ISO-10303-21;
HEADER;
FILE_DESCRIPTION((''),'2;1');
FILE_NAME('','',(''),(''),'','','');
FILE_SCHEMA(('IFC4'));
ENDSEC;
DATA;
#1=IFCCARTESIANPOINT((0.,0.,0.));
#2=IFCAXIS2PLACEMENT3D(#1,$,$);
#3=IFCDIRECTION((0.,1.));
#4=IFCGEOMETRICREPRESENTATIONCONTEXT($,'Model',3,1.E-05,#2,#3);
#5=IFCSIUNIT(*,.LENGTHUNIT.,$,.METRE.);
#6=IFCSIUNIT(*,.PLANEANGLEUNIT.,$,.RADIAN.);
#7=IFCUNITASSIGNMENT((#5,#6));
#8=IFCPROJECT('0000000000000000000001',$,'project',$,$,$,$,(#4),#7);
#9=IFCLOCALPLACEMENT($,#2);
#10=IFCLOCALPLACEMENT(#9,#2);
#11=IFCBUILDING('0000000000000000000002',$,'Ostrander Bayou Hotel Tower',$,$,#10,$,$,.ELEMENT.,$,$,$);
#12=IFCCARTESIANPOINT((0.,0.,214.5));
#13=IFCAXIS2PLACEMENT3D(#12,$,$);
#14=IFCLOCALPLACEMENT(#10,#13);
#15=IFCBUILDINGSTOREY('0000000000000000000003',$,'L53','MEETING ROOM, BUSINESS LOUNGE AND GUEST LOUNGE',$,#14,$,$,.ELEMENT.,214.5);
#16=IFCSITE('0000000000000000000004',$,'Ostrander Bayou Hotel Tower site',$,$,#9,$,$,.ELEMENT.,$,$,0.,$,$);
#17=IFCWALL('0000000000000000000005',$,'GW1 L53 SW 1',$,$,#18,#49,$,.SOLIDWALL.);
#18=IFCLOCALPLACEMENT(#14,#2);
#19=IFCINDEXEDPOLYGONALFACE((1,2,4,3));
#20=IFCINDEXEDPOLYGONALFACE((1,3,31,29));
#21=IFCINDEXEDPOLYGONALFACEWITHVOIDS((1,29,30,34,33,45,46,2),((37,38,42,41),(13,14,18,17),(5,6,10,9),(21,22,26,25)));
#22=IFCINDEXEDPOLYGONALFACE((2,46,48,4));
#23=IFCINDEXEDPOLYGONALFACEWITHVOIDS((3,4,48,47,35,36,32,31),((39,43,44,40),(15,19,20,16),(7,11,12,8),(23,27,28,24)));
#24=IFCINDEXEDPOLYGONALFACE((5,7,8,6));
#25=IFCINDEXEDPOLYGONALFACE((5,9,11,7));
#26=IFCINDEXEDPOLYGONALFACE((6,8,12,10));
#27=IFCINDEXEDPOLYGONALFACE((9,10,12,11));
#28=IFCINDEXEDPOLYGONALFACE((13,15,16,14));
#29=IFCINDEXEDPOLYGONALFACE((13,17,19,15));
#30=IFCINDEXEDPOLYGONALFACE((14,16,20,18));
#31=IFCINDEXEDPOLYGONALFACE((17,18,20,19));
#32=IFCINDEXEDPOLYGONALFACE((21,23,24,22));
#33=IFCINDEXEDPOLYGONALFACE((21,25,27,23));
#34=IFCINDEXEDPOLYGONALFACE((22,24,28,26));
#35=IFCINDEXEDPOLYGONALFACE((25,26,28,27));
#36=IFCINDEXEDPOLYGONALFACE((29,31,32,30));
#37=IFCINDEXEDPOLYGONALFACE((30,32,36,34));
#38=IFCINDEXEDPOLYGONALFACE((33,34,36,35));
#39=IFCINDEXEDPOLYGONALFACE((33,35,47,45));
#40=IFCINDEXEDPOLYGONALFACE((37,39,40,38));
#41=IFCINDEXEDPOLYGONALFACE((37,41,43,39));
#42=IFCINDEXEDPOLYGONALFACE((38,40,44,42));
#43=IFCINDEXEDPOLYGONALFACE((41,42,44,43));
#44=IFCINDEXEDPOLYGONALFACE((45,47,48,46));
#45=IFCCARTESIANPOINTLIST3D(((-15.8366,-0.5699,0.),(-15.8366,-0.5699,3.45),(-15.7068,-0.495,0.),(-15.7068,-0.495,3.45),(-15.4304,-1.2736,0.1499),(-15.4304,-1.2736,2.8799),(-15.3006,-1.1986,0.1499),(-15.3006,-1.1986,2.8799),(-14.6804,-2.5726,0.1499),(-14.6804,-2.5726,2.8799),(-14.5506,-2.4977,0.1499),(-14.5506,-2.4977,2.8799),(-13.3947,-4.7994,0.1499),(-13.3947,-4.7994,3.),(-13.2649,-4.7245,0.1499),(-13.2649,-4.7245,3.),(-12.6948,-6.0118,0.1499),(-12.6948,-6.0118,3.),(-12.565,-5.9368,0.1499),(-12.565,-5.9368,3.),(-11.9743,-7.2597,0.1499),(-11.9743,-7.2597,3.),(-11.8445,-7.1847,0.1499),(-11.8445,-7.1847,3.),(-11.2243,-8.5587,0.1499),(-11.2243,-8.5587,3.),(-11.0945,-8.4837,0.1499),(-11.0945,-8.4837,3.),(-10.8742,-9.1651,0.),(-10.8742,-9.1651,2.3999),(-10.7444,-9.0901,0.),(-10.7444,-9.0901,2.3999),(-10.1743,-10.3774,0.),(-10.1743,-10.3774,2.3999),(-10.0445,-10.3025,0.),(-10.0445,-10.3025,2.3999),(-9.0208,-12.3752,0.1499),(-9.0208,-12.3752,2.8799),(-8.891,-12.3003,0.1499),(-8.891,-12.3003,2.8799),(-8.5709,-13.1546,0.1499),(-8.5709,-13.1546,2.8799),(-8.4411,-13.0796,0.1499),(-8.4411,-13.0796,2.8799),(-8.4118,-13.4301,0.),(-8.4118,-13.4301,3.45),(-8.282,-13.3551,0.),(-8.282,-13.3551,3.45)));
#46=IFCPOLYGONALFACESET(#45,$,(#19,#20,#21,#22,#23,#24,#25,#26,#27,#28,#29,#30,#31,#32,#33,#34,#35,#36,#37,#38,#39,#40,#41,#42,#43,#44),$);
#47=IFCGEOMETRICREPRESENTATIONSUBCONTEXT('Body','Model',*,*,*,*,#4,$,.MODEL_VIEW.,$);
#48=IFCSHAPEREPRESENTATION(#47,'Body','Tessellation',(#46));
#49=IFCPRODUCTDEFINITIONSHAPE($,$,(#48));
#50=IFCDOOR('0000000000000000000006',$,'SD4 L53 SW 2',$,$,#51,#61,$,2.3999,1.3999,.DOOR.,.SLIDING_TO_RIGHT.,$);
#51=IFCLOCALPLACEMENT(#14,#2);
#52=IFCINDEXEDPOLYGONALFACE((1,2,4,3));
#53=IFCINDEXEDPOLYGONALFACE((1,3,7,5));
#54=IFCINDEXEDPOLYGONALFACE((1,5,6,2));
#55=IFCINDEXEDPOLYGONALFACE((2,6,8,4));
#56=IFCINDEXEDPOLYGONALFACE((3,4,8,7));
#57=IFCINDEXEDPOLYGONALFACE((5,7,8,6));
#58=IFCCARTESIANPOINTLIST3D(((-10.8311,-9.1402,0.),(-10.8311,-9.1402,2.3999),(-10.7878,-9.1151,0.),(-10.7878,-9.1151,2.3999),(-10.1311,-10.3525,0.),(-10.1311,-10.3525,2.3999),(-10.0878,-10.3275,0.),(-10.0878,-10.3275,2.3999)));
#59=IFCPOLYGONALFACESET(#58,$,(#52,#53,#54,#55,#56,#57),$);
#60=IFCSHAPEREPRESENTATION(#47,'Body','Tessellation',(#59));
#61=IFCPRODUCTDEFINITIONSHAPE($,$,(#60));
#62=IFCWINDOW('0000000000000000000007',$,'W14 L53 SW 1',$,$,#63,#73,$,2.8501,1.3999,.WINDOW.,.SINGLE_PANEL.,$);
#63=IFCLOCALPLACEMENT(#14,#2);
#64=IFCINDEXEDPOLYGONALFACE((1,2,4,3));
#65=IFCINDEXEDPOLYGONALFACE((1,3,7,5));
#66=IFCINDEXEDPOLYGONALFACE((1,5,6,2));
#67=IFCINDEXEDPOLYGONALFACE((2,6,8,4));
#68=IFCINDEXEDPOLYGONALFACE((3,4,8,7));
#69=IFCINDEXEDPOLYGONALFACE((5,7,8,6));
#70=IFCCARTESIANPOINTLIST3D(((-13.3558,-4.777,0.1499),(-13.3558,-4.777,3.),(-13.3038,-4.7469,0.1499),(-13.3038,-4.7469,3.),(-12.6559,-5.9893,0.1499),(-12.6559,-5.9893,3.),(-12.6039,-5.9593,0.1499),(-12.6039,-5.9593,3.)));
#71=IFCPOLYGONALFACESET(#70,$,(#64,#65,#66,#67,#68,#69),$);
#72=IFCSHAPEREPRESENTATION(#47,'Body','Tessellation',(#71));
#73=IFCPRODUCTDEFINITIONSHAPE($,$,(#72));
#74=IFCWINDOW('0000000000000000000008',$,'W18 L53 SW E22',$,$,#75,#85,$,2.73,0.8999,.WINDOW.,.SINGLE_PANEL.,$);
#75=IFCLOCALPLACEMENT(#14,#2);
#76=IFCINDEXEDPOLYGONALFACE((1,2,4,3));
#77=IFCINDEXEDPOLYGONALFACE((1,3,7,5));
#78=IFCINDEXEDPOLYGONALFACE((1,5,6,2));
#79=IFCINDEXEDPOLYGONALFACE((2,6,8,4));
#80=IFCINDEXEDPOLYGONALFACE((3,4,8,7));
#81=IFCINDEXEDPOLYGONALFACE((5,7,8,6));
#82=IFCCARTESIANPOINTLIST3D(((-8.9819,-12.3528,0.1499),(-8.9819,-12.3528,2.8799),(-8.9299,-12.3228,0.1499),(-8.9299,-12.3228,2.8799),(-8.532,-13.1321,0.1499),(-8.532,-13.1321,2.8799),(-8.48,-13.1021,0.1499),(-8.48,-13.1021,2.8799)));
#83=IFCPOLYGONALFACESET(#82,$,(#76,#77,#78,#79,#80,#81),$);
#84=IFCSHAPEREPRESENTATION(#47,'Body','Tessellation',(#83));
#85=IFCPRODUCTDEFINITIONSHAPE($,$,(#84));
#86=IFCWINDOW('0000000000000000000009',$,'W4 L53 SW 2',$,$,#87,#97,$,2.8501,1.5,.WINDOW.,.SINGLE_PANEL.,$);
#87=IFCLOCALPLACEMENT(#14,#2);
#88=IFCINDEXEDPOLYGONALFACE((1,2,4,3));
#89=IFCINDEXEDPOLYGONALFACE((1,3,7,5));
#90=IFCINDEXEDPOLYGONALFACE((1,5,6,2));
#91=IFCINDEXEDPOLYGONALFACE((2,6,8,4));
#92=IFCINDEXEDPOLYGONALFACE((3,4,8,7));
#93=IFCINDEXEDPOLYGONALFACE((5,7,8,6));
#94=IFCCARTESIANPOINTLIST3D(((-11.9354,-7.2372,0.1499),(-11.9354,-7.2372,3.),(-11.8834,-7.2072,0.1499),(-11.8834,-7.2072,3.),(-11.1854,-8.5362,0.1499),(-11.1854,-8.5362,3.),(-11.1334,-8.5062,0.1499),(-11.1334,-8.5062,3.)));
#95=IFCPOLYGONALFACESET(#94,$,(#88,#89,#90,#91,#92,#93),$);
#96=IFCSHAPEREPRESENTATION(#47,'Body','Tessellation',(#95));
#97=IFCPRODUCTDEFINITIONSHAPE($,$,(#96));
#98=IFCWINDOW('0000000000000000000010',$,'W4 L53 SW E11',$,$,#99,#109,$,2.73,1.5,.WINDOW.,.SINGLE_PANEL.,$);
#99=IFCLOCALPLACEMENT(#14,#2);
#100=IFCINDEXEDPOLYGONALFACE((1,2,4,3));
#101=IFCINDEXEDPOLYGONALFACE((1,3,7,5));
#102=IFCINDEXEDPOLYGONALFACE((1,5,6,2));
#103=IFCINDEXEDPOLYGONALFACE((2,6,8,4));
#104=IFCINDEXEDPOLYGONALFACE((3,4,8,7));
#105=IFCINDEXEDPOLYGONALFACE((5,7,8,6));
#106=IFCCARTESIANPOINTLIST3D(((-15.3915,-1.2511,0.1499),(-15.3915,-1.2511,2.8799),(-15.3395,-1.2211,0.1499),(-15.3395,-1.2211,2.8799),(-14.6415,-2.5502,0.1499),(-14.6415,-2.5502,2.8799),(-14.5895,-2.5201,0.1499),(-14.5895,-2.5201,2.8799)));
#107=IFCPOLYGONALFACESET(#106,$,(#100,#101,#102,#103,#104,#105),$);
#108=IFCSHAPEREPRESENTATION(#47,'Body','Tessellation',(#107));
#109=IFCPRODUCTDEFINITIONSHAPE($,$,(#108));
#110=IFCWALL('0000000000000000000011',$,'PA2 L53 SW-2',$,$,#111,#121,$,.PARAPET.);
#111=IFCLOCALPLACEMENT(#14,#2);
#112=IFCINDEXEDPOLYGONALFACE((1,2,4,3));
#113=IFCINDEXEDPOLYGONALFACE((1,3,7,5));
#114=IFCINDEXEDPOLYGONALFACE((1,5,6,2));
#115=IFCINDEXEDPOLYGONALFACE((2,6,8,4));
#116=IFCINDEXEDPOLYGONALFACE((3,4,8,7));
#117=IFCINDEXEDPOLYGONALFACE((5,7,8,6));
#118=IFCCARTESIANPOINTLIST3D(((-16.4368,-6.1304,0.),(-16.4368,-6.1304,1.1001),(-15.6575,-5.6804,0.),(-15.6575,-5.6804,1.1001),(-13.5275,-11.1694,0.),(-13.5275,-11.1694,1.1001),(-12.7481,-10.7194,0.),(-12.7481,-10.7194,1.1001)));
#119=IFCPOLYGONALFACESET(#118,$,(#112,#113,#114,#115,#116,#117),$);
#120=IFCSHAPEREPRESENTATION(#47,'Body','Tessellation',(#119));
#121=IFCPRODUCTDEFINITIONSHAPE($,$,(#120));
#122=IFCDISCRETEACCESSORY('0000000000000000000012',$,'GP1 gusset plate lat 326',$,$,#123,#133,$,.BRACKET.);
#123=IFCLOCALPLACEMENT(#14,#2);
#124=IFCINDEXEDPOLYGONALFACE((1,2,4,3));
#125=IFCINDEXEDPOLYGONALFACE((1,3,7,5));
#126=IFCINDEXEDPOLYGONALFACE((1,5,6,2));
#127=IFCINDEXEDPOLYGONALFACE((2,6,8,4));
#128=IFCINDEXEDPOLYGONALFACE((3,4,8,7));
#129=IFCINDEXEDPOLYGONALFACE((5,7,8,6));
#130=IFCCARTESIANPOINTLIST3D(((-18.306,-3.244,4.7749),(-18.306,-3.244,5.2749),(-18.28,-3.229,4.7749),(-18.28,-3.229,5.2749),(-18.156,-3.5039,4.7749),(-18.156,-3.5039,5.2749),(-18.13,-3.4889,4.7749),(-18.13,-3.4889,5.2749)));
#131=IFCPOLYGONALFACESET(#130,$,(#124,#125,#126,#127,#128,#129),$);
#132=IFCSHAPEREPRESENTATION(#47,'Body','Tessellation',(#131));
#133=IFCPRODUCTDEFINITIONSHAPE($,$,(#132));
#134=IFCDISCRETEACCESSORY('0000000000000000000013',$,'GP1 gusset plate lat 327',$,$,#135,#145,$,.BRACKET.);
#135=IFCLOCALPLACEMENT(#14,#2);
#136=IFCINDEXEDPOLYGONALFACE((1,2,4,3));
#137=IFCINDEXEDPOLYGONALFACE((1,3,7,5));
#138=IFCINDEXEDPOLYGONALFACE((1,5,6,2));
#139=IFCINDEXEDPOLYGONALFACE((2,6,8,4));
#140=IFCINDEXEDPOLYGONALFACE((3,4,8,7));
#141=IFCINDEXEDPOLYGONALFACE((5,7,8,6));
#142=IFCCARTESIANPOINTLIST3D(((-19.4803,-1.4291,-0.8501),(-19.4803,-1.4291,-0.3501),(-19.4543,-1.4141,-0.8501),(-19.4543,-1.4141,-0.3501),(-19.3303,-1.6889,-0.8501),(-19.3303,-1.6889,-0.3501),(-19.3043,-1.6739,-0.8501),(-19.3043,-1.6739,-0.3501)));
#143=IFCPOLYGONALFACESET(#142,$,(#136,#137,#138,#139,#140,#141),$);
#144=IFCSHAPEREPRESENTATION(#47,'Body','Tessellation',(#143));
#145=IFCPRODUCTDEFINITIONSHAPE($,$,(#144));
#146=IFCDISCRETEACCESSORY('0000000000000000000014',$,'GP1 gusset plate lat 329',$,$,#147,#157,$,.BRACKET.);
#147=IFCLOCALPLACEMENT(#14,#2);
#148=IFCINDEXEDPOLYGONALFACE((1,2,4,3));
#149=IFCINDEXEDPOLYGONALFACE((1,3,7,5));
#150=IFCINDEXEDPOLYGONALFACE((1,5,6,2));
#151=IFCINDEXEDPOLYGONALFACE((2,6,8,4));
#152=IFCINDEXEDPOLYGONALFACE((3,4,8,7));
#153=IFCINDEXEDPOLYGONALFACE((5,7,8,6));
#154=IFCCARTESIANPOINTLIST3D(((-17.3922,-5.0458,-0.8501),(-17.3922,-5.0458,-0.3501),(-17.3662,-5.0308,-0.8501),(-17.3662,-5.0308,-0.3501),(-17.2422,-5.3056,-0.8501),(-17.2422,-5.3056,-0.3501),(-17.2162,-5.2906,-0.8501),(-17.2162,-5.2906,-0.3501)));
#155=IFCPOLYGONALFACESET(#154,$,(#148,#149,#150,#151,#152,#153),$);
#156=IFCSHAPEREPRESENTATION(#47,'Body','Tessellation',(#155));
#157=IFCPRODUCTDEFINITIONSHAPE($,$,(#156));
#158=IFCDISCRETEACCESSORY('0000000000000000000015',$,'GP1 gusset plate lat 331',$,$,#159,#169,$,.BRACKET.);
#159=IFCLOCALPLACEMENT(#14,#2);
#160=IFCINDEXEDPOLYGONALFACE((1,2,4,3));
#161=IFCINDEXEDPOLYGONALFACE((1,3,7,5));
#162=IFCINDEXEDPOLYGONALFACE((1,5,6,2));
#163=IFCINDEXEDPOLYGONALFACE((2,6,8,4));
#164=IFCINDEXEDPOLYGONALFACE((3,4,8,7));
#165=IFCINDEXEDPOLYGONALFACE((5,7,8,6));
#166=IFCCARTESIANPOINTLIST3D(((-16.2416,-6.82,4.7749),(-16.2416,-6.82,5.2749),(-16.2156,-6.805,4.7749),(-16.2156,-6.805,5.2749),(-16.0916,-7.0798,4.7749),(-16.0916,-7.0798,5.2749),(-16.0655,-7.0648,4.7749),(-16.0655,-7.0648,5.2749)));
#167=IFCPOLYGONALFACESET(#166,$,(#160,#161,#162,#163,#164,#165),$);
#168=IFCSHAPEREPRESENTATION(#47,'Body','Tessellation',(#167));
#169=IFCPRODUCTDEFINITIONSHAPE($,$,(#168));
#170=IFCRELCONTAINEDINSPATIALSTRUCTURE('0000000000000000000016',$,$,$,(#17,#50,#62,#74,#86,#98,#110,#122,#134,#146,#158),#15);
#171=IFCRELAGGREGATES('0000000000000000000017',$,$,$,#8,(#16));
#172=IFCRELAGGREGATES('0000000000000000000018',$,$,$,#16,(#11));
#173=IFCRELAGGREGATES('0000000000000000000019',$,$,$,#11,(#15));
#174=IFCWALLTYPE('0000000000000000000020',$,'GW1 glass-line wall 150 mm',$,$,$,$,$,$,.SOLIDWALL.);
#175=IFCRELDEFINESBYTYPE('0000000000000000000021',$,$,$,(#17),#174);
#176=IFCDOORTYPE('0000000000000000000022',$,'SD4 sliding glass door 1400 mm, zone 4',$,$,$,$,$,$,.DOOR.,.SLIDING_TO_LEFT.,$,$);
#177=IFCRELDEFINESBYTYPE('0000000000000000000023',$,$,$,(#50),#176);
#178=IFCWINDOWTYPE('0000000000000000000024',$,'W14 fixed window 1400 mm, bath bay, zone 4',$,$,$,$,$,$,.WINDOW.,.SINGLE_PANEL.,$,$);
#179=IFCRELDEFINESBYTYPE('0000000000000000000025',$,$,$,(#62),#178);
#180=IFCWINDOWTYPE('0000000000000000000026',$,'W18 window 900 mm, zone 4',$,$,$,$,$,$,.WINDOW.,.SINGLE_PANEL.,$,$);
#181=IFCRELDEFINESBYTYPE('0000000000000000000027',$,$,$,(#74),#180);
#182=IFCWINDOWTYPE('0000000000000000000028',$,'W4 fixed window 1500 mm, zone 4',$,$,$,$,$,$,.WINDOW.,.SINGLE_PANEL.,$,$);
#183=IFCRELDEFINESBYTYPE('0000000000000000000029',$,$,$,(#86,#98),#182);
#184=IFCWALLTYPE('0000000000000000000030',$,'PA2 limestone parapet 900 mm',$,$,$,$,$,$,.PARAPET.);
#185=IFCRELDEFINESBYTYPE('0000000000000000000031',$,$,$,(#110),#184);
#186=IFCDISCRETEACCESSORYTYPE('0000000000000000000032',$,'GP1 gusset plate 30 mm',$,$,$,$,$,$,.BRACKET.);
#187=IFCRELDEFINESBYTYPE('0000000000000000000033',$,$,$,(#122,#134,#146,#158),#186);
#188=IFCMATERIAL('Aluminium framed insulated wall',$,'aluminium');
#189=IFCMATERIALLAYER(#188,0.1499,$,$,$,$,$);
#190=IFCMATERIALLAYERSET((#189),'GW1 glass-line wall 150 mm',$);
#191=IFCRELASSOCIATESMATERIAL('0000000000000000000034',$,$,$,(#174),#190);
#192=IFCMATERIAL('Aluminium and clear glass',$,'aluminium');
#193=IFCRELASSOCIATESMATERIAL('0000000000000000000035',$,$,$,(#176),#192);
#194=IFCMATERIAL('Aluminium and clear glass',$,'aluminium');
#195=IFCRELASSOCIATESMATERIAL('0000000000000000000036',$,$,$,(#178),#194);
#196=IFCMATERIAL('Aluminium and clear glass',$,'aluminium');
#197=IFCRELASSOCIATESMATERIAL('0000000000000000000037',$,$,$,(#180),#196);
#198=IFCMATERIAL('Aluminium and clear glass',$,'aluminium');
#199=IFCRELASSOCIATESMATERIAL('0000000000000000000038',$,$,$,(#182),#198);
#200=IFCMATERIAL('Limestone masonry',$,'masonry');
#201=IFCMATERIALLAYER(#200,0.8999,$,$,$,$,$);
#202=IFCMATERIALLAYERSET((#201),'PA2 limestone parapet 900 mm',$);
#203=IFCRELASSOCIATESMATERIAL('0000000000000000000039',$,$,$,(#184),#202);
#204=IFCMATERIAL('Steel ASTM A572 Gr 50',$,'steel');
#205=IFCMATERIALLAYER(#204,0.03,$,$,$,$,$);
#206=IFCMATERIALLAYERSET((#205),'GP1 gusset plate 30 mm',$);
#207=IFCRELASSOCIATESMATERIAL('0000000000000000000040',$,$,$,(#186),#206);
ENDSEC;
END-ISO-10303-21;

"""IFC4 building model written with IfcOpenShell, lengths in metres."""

from ifc_helpers import new_model, si_unit, direction, frame, frame_2d, origin, origin_2d, place, context, subcontext, project, spatial, rectangle, extrude, material, layer, layer_set, type_object, element, fill, save


model = new_model("IFC4")

# Units and contexts
model_context = context("Model", 3, precision=1e-05, world=origin(), true_north=direction((0.0, 1.0)))
body_context = subcontext(model_context, "Body", "Model", "MODEL_VIEW")
ifc_project = project(units=[si_unit("LENGTHUNIT", "METRE"), si_unit("PLANEANGLEUNIT", "RADIAN")], contexts=[model_context])

# Site, building, storey
site_placement = place(None, origin())
site = spatial("IfcSite", under=ifc_project, at=site_placement, Name="Ostrander Bayou Hotel Tower site", CompositionType="ELEMENT", RefElevation=0.0)
building_placement = place(site_placement, origin())
building = spatial("IfcBuilding", under=site, at=building_placement, Name="Ostrander Bayou Hotel Tower", CompositionType="ELEMENT")
storey_placement = place(building_placement, frame((0.0, 0.0, 214.5)))
storey = spatial("IfcBuildingStorey", under=building, at=storey_placement, Name="L53", Description="MEETING ROOM, BUSINESS LOUNGE AND GUEST LOUNGE", CompositionType="ELEMENT", Elevation=214.5)

# Wall, openings, door, windows
ifc_material_1 = material(Name="Aluminium framed insulated wall", Category="aluminium")
ifc_layer_1 = layer(ifc_material_1, 0.1499)
ifc_layer_set_1 = layer_set([ifc_layer_1], Name="GW1 glass-line wall 150 mm")
wall_type_1 = type_object("IfcWallType", Name="GW1 glass-line wall 150 mm", PredefinedType="SOLIDWALL", material=ifc_layer_set_1)
wall_1_placement = place(storey_placement, frame((-15.7717, -0.5325, 0.0), z_axis=(0.0, 0.0, 1.0), x_axis=(0.500001, -0.866025, 0.0)))
wall_1 = element("IfcWall", 1, at=wall_1_placement, inside=storey, type_object=wall_type_1, Name="GW1 L53 SW 1", PredefinedType="SOLIDWALL", context=body_context, shape_type="SweptSolid", body=[
    extrude(rectangle(XDim=14.8496, YDim=0.1499, at=frame_2d((7.4248, 0.0))), origin(), (0.0, 0.0, 1.0), 3.45),
])
opening_1_placement = place(wall_1_placement, frame((4.8838, 0.0, 0.1499)))
opening_1 = element("IfcOpeningElement", 2, at=opening_1_placement, cuts=wall_1, PredefinedType="OPENING", context=body_context, shape_type="SweptSolid", body=[
    extrude(rectangle(XDim=1.3999, YDim=2.8501, at=frame_2d((0.7, 1.425))), frame((0.0, 0.075, 0.0), z_axis=(0.0, -1.0, 0.0), x_axis=(1.0, 0.0, 0.0)), (0.0, 0.0, 1.0), 0.1499),
])
opening_2_placement = place(wall_1_placement, frame((7.7246, 0.0, 0.1499)))
opening_2 = element("IfcOpeningElement", 3, at=opening_2_placement, cuts=wall_1, PredefinedType="OPENING", context=body_context, shape_type="SweptSolid", body=[
    extrude(rectangle(XDim=1.5, YDim=2.8501, at=frame_2d((0.75, 1.425))), frame((0.0, 0.075, 0.0), z_axis=(0.0, -1.0, 0.0), x_axis=(1.0, 0.0, 0.0)), (0.0, 0.0, 1.0), 0.1499),
])
opening_3_placement = place(wall_1_placement, frame((9.9248, 0.0, 0.0)))
opening_3 = element("IfcOpeningElement", 4, at=opening_3_placement, cuts=wall_1, PredefinedType="OPENING", context=body_context, shape_type="SweptSolid", body=[
    extrude(rectangle(XDim=1.3999, YDim=2.3999, at=frame_2d((0.7, 1.2))), frame((0.0, 0.075, 0.0), z_axis=(0.0, -1.0, 0.0), x_axis=(1.0, 0.0, 0.0)), (0.0, 0.0, 1.0), 0.1499),
])
opening_4_placement = place(wall_1_placement, frame((0.8125, 0.0, 0.1499)))
opening_4 = element("IfcOpeningElement", 5, at=opening_4_placement, cuts=wall_1, PredefinedType="OPENING", context=body_context, shape_type="SweptSolid", body=[
    extrude(rectangle(XDim=1.5, YDim=2.73, at=frame_2d((0.75, 1.365))), frame((0.0, 0.075, 0.0), z_axis=(0.0, -1.0, 0.0), x_axis=(1.0, 0.0, 0.0)), (0.0, 0.0, 1.0), 0.1499),
])
opening_5_placement = place(wall_1_placement, frame((13.6316, 0.0, 0.1499)))
opening_5 = element("IfcOpeningElement", 6, at=opening_5_placement, cuts=wall_1, PredefinedType="OPENING", context=body_context, shape_type="SweptSolid", body=[
    extrude(rectangle(XDim=0.8999, YDim=2.73, at=frame_2d((0.45, 1.365))), frame((0.0, 0.075, 0.0), z_axis=(0.0, -1.0, 0.0), x_axis=(1.0, 0.0, 0.0)), (0.0, 0.0, 1.0), 0.1499),
])
ifc_material_2 = material(Name="Aluminium and clear glass", Category="aluminium")
door_type = type_object("IfcDoorType", Name="SD4 sliding glass door 1400 mm, zone 4", OperationType="SLIDING_TO_LEFT", PredefinedType="DOOR", material=ifc_material_2)
door_placement = place(opening_3_placement, origin())
door = element("IfcDoor", 7, at=door_placement, inside=storey, type_object=door_type, Name="SD4 L53 SW 2", OperationType="SLIDING_TO_RIGHT", OverallHeight=2.3999, OverallWidth=1.3999, PredefinedType="DOOR", context=body_context, shape_type="SweptSolid", body=[
    extrude(rectangle(XDim=1.3999, YDim=2.3999, at=frame_2d((0.7, 1.2))), frame((0.0, 0.0249, 0.0), z_axis=(0.0, -1.0, 0.0), x_axis=(1.0, 0.0, 0.0)), (0.0, 0.0, 1.0), 0.05),
])
fill(opening_3, door)
ifc_material_3 = material(Name="Aluminium and clear glass", Category="aluminium")
window_type_1 = type_object("IfcWindowType", Name="W14 fixed window 1400 mm, bath bay, zone 4", PartitioningType="SINGLE_PANEL", PredefinedType="WINDOW", material=ifc_material_3)
window_1_placement = place(opening_1_placement, origin())
window_1 = element("IfcWindow", 8, at=window_1_placement, inside=storey, type_object=window_type_1, Name="W14 L53 SW 1", OverallHeight=2.8501, OverallWidth=1.3999, PartitioningType="SINGLE_PANEL", PredefinedType="WINDOW", context=body_context, shape_type="SweptSolid", body=[
    extrude(rectangle(XDim=1.3999, YDim=2.8501, at=frame_2d((0.7, 1.425))), frame((0.0, 0.03, 0.0), z_axis=(0.0, -1.0, 0.0), x_axis=(1.0, 0.0, 0.0)), (0.0, 0.0, 1.0), 0.0601),
])
fill(opening_1, window_1)
ifc_material_4 = material(Name="Aluminium and clear glass", Category="aluminium")
window_type_2 = type_object("IfcWindowType", Name="W18 window 900 mm, zone 4", PartitioningType="SINGLE_PANEL", PredefinedType="WINDOW", material=ifc_material_4)
window_2_placement = place(opening_5_placement, origin())
window_2 = element("IfcWindow", 9, at=window_2_placement, inside=storey, type_object=window_type_2, Name="W18 L53 SW E22", OverallHeight=2.73, OverallWidth=0.8999, PartitioningType="SINGLE_PANEL", PredefinedType="WINDOW", context=body_context, shape_type="SweptSolid", body=[
    extrude(rectangle(XDim=0.8999, YDim=2.73, at=frame_2d((0.45, 1.365))), frame((0.0, 0.03, 0.0), z_axis=(0.0, -1.0, 0.0), x_axis=(1.0, 0.0, 0.0)), (0.0, 0.0, 1.0), 0.0601),
])
fill(opening_5, window_2)
ifc_material_5 = material(Name="Aluminium and clear glass", Category="aluminium")
window_type_3 = type_object("IfcWindowType", Name="W4 fixed window 1500 mm, zone 4", PartitioningType="SINGLE_PANEL", PredefinedType="WINDOW", material=ifc_material_5)
window_3_placement = place(opening_2_placement, origin())
window_3 = element("IfcWindow", 10, at=window_3_placement, inside=storey, type_object=window_type_3, Name="W4 L53 SW 2", OverallHeight=2.8501, OverallWidth=1.5, PartitioningType="SINGLE_PANEL", PredefinedType="WINDOW", context=body_context, shape_type="SweptSolid", body=[
    extrude(rectangle(XDim=1.5, YDim=2.8501, at=frame_2d((0.75, 1.425))), frame((0.0, 0.03, 0.0), z_axis=(0.0, -1.0, 0.0), x_axis=(1.0, 0.0, 0.0)), (0.0, 0.0, 1.0), 0.0601),
])
fill(opening_2, window_3)
window_4_placement = place(opening_4_placement, origin())
window_4 = element("IfcWindow", 11, at=window_4_placement, inside=storey, type_object=window_type_3, Name="W4 L53 SW E11", OverallHeight=2.73, OverallWidth=1.5, PartitioningType="SINGLE_PANEL", PredefinedType="WINDOW", context=body_context, shape_type="SweptSolid", body=[
    extrude(rectangle(XDim=1.5, YDim=2.73, at=frame_2d((0.75, 1.365))), frame((0.0, 0.03, 0.0), z_axis=(0.0, -1.0, 0.0), x_axis=(1.0, 0.0, 0.0)), (0.0, 0.0, 1.0), 0.0601),
])
fill(opening_4, window_4)

# Wall
ifc_material_6 = material(Name="Limestone masonry", Category="masonry")
ifc_layer_2 = layer(ifc_material_6, 0.8999)
ifc_layer_set_2 = layer_set([ifc_layer_2], Name="PA2 limestone parapet 900 mm")
wall_type_2 = type_object("IfcWallType", Name="PA2 limestone parapet 900 mm", PredefinedType="PARAPET", material=ifc_layer_set_2)
wall_2_placement = place(storey_placement, frame((-16.0471, -5.9055, 0.0), z_axis=(0.0, 0.0, 1.0), x_axis=(0.500015, -0.866016, 0.0)))
element("IfcWall", 12, at=wall_2_placement, inside=storey, type_object=wall_type_2, Name="PA2 L53 SW-2", PredefinedType="PARAPET", context=body_context, shape_type="SweptSolid", body=[
    extrude(rectangle(XDim=5.8186, YDim=0.8999, at=frame_2d((2.9092, 0.0))), origin(), (0.0, 0.0, 1.0), 1.1001),
])

# Discrete accessories
ifc_material_7 = material(Name="Steel ASTM A572 Gr 50", Category="steel")
ifc_layer_3 = layer(ifc_material_7, 0.03)
ifc_layer_set_3 = layer_set([ifc_layer_3], Name="GP1 gusset plate 30 mm")
discrete_accessory_type = type_object("IfcDiscreteAccessoryType", Name="GP1 gusset plate 30 mm", PredefinedType="BRACKET", material=ifc_layer_set_3)
for number, where, z_axis, x_axis, name in (
    (13, (-18.218, -3.3665, 4.7749), (0.0, 0.0, 1.0), (0.5, -0.866025, 0.0), "GP1 gusset plate lat 326"),
    (14, (-19.3923, -1.5515, -0.8501), (0.0, 0.0, 1.0), (0.5, -0.866025, 0.0), "GP1 gusset plate lat 327"),
    (15, (-17.3042, -5.1682, -0.8501), (0.0, 0.0, 1.0), (0.5, -0.866025, 0.0), "GP1 gusset plate lat 329"),
    (16, (-16.1536, -6.9424, 4.7749), (0.0, 0.0, 1.0), (0.5, -0.866025, 0.0), "GP1 gusset plate lat 331"),
):
    element("IfcDiscreteAccessory", number, at=place(storey_placement, frame(where, z_axis=z_axis, x_axis=x_axis)), inside=storey, type_object=discrete_accessory_type, Name=name, PredefinedType="BRACKET", context=body_context, shape_type="SweptSolid", body=[
        extrude(rectangle(XDim=0.3, YDim=0.03, at=origin_2d()), origin(), (0.0, 0.0, 1.0), 0.5),
    ])

save(model, "model.ifc")
